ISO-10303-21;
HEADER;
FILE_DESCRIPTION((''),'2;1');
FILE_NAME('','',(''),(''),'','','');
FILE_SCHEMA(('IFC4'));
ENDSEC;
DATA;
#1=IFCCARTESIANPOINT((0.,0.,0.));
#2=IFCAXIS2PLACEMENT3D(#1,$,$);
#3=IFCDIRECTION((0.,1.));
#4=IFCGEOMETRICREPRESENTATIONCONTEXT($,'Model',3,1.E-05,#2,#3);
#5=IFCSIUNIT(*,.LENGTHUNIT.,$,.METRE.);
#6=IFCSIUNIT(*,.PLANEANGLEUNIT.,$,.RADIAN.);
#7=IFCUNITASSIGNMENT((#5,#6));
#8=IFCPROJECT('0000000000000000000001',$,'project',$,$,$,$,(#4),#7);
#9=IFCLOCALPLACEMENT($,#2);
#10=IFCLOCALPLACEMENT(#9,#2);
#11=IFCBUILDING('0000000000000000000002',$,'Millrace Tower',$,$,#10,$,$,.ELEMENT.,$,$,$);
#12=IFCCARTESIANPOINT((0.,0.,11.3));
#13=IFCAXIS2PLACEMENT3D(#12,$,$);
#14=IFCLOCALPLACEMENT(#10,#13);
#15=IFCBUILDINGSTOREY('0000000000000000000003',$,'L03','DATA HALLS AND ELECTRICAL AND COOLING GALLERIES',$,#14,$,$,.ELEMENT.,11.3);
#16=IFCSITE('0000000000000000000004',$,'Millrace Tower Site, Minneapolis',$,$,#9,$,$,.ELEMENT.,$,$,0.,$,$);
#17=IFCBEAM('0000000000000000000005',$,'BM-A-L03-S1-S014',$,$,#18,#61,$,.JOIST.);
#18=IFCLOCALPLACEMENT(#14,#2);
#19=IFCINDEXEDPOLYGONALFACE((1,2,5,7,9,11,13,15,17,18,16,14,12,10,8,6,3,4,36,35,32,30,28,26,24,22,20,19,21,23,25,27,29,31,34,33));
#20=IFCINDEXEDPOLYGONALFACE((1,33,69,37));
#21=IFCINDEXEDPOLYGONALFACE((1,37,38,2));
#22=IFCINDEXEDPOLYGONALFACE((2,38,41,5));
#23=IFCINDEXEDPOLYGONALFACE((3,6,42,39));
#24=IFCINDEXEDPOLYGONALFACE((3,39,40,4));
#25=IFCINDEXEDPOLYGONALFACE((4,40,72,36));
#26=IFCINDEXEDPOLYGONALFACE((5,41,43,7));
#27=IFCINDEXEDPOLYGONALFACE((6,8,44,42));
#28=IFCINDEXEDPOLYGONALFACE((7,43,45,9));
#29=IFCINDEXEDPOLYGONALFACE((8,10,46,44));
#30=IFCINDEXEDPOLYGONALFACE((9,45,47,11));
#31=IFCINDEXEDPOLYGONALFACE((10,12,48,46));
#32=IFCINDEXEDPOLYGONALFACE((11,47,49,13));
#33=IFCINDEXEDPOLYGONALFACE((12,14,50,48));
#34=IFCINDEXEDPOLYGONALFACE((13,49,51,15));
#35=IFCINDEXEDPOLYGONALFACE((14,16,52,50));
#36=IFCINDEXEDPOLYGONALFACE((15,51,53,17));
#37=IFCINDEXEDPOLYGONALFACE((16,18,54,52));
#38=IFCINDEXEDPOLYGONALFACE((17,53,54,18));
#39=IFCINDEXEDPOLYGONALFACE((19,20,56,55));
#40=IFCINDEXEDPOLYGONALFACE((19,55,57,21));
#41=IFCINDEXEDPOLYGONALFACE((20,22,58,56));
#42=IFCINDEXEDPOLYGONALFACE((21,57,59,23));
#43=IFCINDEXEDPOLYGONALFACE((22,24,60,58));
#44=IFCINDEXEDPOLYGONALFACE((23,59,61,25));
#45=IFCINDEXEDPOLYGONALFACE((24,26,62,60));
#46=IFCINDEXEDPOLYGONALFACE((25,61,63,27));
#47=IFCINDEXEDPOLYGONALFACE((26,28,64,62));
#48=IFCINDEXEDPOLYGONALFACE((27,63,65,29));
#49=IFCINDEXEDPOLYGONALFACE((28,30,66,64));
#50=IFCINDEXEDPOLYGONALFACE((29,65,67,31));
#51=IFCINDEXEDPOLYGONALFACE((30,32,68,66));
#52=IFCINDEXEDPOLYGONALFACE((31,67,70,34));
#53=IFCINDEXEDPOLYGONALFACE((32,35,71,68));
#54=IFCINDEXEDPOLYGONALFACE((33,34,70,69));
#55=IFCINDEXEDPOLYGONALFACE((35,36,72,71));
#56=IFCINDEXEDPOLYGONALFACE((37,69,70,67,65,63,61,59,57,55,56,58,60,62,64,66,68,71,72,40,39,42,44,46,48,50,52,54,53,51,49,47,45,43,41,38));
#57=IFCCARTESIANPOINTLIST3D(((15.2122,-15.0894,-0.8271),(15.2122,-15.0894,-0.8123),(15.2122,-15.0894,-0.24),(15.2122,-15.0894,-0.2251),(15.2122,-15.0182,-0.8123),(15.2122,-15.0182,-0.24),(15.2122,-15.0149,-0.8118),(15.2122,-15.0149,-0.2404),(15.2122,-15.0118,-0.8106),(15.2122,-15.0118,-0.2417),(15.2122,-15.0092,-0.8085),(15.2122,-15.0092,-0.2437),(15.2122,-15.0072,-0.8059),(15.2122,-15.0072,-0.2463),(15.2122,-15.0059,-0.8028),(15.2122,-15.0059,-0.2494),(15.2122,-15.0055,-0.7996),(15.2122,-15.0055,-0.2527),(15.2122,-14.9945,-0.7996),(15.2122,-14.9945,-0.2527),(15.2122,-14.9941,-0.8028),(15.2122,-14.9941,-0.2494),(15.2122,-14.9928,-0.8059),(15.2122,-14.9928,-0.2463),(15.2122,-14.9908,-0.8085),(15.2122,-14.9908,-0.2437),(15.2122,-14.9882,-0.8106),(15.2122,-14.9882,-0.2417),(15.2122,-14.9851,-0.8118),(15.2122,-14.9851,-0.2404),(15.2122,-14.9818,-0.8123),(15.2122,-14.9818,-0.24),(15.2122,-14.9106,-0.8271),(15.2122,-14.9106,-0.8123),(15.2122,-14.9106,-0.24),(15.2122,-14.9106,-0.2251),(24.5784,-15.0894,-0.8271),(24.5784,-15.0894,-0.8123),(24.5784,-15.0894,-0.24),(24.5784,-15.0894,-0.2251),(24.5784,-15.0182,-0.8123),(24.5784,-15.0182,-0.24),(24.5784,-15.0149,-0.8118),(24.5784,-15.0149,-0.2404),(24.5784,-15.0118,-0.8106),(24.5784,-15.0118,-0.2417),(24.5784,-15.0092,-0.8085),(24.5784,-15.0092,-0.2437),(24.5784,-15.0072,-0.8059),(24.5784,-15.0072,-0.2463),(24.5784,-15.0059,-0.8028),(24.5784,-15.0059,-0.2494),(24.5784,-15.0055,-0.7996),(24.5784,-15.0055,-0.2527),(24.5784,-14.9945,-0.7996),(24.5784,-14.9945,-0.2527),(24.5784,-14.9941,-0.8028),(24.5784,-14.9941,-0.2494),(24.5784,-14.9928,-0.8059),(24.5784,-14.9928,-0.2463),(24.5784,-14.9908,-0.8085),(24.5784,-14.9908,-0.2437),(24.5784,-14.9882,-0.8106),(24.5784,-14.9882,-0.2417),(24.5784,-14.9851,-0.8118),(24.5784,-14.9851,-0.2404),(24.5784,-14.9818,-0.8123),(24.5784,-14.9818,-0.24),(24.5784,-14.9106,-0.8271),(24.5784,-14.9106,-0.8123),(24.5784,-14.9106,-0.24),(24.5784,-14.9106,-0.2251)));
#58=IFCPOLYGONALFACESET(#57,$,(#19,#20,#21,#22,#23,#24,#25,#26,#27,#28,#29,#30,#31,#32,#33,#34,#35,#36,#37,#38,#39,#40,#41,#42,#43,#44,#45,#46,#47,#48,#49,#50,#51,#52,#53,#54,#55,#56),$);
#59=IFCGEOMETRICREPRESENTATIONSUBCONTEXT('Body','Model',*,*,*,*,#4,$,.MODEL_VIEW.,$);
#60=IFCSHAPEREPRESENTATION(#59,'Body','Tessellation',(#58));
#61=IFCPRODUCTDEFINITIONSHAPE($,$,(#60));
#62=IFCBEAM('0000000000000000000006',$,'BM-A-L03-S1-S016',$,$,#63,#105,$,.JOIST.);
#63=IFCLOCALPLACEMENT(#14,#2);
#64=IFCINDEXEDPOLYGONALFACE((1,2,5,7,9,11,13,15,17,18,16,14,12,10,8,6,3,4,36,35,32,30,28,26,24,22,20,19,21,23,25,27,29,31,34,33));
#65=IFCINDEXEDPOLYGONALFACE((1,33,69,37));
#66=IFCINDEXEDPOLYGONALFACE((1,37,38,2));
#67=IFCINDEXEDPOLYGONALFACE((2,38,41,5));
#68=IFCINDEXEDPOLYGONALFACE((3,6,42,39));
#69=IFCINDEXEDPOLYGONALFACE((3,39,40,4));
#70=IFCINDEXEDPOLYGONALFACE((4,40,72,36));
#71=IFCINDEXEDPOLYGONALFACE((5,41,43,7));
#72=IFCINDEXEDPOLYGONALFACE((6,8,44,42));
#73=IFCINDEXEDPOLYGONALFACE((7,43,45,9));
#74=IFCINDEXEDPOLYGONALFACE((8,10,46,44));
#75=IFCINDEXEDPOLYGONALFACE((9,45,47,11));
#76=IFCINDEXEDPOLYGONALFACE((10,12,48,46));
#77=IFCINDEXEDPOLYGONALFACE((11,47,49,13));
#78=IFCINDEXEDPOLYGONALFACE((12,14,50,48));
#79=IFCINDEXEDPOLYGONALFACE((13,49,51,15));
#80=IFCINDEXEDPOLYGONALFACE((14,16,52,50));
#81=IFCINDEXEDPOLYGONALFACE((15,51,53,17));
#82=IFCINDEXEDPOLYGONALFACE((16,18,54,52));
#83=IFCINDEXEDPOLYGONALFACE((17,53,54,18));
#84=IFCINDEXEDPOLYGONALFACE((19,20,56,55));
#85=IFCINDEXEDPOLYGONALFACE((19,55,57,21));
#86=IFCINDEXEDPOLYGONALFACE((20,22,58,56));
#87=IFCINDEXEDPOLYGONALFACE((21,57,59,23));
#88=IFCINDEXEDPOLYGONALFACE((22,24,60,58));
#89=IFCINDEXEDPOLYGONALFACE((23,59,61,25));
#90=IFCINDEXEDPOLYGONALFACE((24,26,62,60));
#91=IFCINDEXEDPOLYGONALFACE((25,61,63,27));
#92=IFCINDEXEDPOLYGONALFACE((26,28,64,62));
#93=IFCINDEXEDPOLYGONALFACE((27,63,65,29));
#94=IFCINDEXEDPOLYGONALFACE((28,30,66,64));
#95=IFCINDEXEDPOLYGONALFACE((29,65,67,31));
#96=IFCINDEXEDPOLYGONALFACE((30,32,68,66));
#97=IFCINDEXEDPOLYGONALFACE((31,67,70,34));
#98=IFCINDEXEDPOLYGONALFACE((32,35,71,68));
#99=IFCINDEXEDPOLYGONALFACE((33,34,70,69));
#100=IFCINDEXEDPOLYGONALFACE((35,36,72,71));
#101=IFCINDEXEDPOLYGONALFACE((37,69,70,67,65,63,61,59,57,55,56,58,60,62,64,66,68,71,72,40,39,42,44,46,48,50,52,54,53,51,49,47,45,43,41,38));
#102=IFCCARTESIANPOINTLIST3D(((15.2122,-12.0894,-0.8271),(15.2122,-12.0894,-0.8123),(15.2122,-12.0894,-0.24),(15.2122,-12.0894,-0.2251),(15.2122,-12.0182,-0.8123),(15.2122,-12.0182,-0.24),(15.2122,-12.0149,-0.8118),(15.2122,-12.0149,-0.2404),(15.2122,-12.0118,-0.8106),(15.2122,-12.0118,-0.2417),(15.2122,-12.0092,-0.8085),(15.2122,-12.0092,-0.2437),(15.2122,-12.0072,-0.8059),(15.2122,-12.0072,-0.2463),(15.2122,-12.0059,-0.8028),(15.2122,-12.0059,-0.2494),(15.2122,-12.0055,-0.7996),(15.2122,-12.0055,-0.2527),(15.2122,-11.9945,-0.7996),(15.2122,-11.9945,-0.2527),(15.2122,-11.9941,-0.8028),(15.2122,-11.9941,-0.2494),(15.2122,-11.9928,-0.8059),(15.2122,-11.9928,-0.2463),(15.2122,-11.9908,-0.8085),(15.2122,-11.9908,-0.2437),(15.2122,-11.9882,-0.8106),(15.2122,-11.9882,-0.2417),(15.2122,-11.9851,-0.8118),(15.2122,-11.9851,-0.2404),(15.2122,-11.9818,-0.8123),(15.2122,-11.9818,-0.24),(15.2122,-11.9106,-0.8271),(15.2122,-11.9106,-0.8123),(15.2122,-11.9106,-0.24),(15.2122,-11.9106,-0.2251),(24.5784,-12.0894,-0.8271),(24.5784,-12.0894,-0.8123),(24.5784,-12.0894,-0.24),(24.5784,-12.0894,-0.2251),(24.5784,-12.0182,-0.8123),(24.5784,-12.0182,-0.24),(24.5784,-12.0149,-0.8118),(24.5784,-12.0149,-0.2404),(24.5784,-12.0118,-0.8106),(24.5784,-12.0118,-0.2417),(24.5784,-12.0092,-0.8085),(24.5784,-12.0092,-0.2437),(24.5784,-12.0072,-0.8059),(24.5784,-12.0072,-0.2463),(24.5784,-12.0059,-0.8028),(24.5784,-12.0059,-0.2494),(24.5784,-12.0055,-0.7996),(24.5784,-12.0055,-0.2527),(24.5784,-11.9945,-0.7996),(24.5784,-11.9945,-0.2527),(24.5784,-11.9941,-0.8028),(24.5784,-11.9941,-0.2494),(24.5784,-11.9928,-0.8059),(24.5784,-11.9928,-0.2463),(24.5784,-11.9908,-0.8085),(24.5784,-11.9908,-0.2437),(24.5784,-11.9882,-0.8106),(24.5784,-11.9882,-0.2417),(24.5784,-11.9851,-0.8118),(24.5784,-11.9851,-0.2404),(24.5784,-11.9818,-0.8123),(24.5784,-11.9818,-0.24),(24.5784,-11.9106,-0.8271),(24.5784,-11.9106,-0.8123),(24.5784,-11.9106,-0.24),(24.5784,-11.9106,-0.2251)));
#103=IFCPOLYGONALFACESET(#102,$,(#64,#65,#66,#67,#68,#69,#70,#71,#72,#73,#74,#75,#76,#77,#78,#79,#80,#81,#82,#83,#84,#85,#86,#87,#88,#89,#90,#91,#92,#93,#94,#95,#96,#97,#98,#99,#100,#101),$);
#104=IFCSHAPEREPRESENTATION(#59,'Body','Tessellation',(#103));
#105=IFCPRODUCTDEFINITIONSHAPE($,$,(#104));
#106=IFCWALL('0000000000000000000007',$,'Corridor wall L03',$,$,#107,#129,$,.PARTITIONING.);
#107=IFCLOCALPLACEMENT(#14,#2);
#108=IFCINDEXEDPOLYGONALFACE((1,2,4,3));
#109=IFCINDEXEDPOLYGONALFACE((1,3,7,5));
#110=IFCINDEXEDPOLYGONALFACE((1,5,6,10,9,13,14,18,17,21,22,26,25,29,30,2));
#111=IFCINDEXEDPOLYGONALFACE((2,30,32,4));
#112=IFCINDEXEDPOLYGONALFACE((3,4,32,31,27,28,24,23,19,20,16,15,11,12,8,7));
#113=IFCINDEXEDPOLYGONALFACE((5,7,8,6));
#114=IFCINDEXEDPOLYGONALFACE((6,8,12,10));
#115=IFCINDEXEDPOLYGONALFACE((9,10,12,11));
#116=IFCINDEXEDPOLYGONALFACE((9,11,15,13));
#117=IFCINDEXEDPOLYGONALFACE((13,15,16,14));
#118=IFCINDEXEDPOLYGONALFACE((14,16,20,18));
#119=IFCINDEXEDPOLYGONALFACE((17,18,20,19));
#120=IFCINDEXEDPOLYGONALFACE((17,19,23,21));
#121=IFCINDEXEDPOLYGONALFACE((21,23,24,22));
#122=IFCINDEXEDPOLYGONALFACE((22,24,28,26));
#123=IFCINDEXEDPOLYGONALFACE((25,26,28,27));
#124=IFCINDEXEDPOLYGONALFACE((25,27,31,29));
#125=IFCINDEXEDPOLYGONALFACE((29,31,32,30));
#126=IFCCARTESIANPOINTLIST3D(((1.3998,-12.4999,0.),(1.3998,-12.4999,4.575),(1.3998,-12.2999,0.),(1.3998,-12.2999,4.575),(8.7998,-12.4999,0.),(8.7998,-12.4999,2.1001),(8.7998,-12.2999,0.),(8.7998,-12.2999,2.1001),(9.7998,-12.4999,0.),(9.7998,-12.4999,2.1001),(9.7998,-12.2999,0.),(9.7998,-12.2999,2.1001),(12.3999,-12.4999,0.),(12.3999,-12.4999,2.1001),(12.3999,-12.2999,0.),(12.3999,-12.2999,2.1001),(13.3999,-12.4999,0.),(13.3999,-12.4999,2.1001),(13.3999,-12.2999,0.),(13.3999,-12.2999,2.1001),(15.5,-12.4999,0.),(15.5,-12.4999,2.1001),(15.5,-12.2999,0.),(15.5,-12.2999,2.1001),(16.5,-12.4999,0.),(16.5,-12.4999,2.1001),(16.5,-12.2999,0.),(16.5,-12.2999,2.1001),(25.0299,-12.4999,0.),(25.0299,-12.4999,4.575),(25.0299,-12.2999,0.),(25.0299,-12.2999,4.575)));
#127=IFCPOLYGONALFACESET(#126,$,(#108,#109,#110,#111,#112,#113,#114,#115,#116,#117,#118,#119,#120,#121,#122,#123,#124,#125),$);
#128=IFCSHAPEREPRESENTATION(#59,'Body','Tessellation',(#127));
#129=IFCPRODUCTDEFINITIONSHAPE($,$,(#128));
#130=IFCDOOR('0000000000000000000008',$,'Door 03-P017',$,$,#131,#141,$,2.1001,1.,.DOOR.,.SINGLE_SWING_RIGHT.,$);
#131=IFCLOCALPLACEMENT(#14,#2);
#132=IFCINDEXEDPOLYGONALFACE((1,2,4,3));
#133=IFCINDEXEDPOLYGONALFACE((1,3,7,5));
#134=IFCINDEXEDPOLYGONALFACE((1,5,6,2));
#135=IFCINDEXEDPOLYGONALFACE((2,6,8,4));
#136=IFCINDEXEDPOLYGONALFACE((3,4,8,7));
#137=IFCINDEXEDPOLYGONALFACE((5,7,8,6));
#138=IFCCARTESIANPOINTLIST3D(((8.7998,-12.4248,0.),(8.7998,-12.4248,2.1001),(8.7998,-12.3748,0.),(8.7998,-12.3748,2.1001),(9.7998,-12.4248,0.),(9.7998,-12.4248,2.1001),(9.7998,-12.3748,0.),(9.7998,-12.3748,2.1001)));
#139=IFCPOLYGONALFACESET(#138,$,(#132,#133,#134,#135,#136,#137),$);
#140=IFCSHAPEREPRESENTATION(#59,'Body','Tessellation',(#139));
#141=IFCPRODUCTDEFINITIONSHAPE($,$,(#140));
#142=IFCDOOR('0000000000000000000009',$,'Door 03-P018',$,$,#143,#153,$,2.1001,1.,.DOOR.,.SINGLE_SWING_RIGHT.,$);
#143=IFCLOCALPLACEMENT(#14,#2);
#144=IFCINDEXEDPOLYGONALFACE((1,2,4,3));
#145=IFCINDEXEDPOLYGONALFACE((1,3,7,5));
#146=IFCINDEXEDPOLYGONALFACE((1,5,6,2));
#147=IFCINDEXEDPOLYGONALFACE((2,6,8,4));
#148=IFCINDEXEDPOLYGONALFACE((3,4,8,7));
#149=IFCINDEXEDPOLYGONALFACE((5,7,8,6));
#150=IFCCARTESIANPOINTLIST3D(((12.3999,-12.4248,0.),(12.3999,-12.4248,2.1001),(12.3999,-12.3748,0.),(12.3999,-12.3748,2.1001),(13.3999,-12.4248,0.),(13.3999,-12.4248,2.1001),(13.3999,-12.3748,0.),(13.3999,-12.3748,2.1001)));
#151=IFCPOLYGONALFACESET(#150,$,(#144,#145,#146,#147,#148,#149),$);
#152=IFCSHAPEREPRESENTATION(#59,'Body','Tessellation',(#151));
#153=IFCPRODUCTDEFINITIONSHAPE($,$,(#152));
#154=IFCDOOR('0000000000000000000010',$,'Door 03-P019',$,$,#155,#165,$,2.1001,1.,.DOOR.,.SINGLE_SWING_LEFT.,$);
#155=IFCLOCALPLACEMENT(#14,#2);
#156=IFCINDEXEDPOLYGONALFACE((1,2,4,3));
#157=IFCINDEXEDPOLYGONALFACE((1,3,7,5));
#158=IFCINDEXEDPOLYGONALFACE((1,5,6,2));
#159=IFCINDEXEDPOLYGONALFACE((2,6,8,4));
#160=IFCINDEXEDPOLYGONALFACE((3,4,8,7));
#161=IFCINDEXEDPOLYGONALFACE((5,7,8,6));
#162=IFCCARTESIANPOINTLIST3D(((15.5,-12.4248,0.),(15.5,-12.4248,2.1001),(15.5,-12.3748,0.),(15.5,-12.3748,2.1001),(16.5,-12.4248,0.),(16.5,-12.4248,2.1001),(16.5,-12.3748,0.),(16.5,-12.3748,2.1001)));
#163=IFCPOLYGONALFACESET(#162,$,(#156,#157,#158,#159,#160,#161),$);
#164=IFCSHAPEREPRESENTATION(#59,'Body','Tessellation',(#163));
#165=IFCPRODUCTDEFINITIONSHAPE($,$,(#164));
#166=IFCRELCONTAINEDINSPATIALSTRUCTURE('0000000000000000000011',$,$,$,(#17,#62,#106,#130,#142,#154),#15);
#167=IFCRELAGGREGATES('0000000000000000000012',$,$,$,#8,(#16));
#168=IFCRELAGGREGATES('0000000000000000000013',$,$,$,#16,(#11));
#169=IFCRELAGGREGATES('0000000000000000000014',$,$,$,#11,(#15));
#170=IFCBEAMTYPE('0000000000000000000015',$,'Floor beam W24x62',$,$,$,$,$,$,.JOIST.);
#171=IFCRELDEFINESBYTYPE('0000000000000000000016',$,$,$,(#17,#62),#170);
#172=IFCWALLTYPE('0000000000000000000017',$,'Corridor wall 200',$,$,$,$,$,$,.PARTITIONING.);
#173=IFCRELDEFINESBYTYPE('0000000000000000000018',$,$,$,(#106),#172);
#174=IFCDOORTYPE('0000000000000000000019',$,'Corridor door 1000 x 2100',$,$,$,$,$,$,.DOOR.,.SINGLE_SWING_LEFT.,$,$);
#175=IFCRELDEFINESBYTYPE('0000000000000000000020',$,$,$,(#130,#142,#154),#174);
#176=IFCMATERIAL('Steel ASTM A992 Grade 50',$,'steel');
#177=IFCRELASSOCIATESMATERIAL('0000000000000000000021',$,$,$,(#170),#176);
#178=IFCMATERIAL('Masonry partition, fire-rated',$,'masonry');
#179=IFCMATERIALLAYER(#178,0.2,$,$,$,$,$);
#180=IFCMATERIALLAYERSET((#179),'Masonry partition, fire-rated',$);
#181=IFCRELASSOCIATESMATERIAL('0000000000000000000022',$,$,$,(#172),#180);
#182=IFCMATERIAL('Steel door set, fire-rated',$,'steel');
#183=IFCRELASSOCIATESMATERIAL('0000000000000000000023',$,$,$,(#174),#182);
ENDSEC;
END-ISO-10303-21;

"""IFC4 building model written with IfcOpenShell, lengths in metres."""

from ifc_helpers import new_model, si_unit, direction, frame, frame_2d, origin, origin_2d, place, context, subcontext, project, spatial, rectangle, i_section, extrude, material, layer, layer_set, material_profile, profile_set, type_object, element, fill, save


model = new_model("IFC4")

# Units and contexts
model_context = context("Model", 3, precision=1e-05, world=origin(), true_north=direction((0.0, 1.0)))
body_context = subcontext(model_context, "Body", "Model", "MODEL_VIEW")
ifc_project = project(units=[si_unit("LENGTHUNIT", "METRE"), si_unit("PLANEANGLEUNIT", "RADIAN")], contexts=[model_context])

# Site, building, storey
site_placement = place(None, origin())
site = spatial("IfcSite", under=ifc_project, at=site_placement, Name="Millrace Tower Site, Minneapolis", CompositionType="ELEMENT", RefElevation=0.0)
building_placement = place(site_placement, origin())
building = spatial("IfcBuilding", under=site, at=building_placement, Name="Millrace Tower", CompositionType="ELEMENT")
storey_placement = place(building_placement, frame((0.0, 0.0, 11.3)))
storey = spatial("IfcBuildingStorey", under=building, at=storey_placement, Name="L03", Description="DATA HALLS AND ELECTRICAL AND COOLING GALLERIES", CompositionType="ELEMENT", Elevation=11.3)

# Beams
ifc_material_1 = material(Name="Steel ASTM A992 Grade 50", Category="steel")
ifc_material_profile_1 = material_profile(ifc_material_1, i_section(OverallWidth=0.1787, OverallDepth=0.6021, WebThickness=0.011, FlangeThickness=0.0149, FilletRadius=0.0127, at=origin_2d()))
ifc_profile_set_1 = profile_set([ifc_material_profile_1], Name="Steel ASTM A992 Grade 50")
beam_type = type_object("IfcBeamType", Name="Floor beam W24x62", PredefinedType="JOIST", material=ifc_profile_set_1)
for number, where, z_axis, x_axis, name in (
    (1, (15.2122, -15.0, -0.5261), (1.0, 0.0, 0.0), (0.0, 1.0, 0.0), "BM-A-L03-S1-S014"),
    (2, (15.2122, -12.0, -0.5261), (1.0, 0.0, 0.0), (0.0, 1.0, 0.0), "BM-A-L03-S1-S016"),
):
    element("IfcBeam", number, at=place(storey_placement, frame(where, z_axis=z_axis, x_axis=x_axis)), inside=storey, type_object=beam_type, Name=name, PredefinedType="JOIST", context=body_context, shape_type="SweptSolid", body=[
        extrude(i_section(OverallWidth=0.1787, OverallDepth=0.6021, WebThickness=0.011, FlangeThickness=0.0149, FilletRadius=0.0127, at=origin_2d()), origin(), (0.0, 0.0, 1.0), 9.3662),
    ])

# Wall, openings, doors
ifc_material_2 = material(Name="Masonry partition, fire-rated", Category="masonry")
ifc_layer_1 = layer(ifc_material_2, 0.2)
ifc_layer_set_1 = layer_set([ifc_layer_1], Name="Masonry partition, fire-rated")
wall_type_1 = type_object("IfcWallType", Name="Corridor wall 200", PredefinedType="PARTITIONING", material=ifc_layer_set_1)
wall_1_placement = place(storey_placement, frame((1.3999, -12.3999, 0.0), z_axis=(0.0, 0.0, 1.0), x_axis=(1.0, 0.0, 0.0)))
wall_1 = element("IfcWall", 3, at=wall_1_placement, inside=storey, type_object=wall_type_1, Name="Corridor wall L03", PredefinedType="PARTITIONING", context=body_context, shape_type="SweptSolid", body=[
    extrude(rectangle(XDim=23.6301, YDim=0.2, at=frame_2d((11.8149, 0.0))), origin(), (0.0, 0.0, 1.0), 4.575),
])
opening_1_placement = place(wall_1_placement, frame((7.3999, 0.0, 0.0)))
opening_1 = element("IfcOpeningElement", 4, at=opening_1_placement, cuts=wall_1, PredefinedType="OPENING", context=body_context, shape_type="SweptSolid", body=[
    extrude(rectangle(XDim=1.0, YDim=2.1001, at=frame_2d((0.5, 1.05))), frame((0.0, 0.1099, 0.0), z_axis=(0.0, -1.0, 0.0), x_axis=(1.0, 0.0, 0.0)), (0.0, 0.0, 1.0), 0.22),
])
opening_2_placement = place(wall_1_placement, frame((11.0, 0.0, 0.0)))
opening_2 = element("IfcOpeningElement", 5, at=opening_2_placement, cuts=wall_1, PredefinedType="OPENING", context=body_context, shape_type="SweptSolid", body=[
    extrude(rectangle(XDim=1.0, YDim=2.1001, at=frame_2d((0.5, 1.05))), frame((0.0, 0.1099, 0.0), z_axis=(0.0, -1.0, 0.0), x_axis=(1.0, 0.0, 0.0)), (0.0, 0.0, 1.0), 0.22),
])
opening_3_placement = place(wall_1_placement, frame((14.1001, 0.0, 0.0)))
opening_3 = element("IfcOpeningElement", 6, at=opening_3_placement, cuts=wall_1, PredefinedType="OPENING", context=body_context, shape_type="SweptSolid", body=[
    extrude(rectangle(XDim=1.0, YDim=2.1001, at=frame_2d((0.5, 1.05))), frame((0.0, 0.1099, 0.0), z_axis=(0.0, -1.0, 0.0), x_axis=(1.0, 0.0, 0.0)), (0.0, 0.0, 1.0), 0.22),
])
ifc_material_3 = material(Name="Steel door set, fire-rated", Category="steel")
door_type_1 = type_object("IfcDoorType", Name="Corridor door 1000 x 2100", OperationType="SINGLE_SWING_LEFT", PredefinedType="DOOR", material=ifc_material_3)
door_1_placement = place(opening_1_placement, frame((1.0, 0.0, 0.0), z_axis=(0.0, 0.0, 1.0), x_axis=(-1.0, 0.0, 0.0)))
door_1 = element("IfcDoor", 7, at=door_1_placement, inside=storey, type_object=door_type_1, Name="Door 03-P017", OperationType="SINGLE_SWING_RIGHT", OverallHeight=2.1001, OverallWidth=1.0, PredefinedType="DOOR", context=body_context, shape_type="SweptSolid", body=[
    extrude(rectangle(XDim=1.0, YDim=2.1001, at=frame_2d((0.5, 1.05))), frame((0.0, 0.0249, 0.0), z_axis=(0.0, -1.0, 0.0), x_axis=(1.0, 0.0, 0.0)), (0.0, 0.0, 1.0), 0.05),
])
fill(opening_1, door_1)
door_2_placement = place(opening_2_placement, frame((1.0, 0.0, 0.0), z_axis=(0.0, 0.0, 1.0), x_axis=(-1.0, 0.0, 0.0)))
door_2 = element("IfcDoor", 8, at=door_2_placement, inside=storey, type_object=door_type_1, Name="Door 03-P018", OperationType="SINGLE_SWING_RIGHT", OverallHeight=2.1001, OverallWidth=1.0, PredefinedType="DOOR", context=body_context, shape_type="SweptSolid", body=[
    extrude(rectangle(XDim=1.0, YDim=2.1001, at=frame_2d((0.5, 1.05))), frame((0.0, 0.0249, 0.0), z_axis=(0.0, -1.0, 0.0), x_axis=(1.0, 0.0, 0.0)), (0.0, 0.0, 1.0), 0.05),
])
fill(opening_2, door_2)
door_3_placement = place(opening_3_placement, frame((1.0, 0.0, 0.0), z_axis=(0.0, 0.0, 1.0), x_axis=(-1.0, 0.0, 0.0)))
door_3 = element("IfcDoor", 9, at=door_3_placement, inside=storey, type_object=door_type_1, Name="Door 03-P019", OperationType="SINGLE_SWING_LEFT", OverallHeight=2.1001, OverallWidth=1.0, PredefinedType="DOOR", context=body_context, shape_type="SweptSolid", body=[
    extrude(rectangle(XDim=1.0, YDim=2.1001, at=frame_2d((0.5, 1.05))), frame((0.0, 0.0249, 0.0), z_axis=(0.0, -1.0, 0.0), x_axis=(1.0, 0.0, 0.0)), (0.0, 0.0, 1.0), 0.05),
])
fill(opening_3, door_3)

save(model, "model.ifc")
